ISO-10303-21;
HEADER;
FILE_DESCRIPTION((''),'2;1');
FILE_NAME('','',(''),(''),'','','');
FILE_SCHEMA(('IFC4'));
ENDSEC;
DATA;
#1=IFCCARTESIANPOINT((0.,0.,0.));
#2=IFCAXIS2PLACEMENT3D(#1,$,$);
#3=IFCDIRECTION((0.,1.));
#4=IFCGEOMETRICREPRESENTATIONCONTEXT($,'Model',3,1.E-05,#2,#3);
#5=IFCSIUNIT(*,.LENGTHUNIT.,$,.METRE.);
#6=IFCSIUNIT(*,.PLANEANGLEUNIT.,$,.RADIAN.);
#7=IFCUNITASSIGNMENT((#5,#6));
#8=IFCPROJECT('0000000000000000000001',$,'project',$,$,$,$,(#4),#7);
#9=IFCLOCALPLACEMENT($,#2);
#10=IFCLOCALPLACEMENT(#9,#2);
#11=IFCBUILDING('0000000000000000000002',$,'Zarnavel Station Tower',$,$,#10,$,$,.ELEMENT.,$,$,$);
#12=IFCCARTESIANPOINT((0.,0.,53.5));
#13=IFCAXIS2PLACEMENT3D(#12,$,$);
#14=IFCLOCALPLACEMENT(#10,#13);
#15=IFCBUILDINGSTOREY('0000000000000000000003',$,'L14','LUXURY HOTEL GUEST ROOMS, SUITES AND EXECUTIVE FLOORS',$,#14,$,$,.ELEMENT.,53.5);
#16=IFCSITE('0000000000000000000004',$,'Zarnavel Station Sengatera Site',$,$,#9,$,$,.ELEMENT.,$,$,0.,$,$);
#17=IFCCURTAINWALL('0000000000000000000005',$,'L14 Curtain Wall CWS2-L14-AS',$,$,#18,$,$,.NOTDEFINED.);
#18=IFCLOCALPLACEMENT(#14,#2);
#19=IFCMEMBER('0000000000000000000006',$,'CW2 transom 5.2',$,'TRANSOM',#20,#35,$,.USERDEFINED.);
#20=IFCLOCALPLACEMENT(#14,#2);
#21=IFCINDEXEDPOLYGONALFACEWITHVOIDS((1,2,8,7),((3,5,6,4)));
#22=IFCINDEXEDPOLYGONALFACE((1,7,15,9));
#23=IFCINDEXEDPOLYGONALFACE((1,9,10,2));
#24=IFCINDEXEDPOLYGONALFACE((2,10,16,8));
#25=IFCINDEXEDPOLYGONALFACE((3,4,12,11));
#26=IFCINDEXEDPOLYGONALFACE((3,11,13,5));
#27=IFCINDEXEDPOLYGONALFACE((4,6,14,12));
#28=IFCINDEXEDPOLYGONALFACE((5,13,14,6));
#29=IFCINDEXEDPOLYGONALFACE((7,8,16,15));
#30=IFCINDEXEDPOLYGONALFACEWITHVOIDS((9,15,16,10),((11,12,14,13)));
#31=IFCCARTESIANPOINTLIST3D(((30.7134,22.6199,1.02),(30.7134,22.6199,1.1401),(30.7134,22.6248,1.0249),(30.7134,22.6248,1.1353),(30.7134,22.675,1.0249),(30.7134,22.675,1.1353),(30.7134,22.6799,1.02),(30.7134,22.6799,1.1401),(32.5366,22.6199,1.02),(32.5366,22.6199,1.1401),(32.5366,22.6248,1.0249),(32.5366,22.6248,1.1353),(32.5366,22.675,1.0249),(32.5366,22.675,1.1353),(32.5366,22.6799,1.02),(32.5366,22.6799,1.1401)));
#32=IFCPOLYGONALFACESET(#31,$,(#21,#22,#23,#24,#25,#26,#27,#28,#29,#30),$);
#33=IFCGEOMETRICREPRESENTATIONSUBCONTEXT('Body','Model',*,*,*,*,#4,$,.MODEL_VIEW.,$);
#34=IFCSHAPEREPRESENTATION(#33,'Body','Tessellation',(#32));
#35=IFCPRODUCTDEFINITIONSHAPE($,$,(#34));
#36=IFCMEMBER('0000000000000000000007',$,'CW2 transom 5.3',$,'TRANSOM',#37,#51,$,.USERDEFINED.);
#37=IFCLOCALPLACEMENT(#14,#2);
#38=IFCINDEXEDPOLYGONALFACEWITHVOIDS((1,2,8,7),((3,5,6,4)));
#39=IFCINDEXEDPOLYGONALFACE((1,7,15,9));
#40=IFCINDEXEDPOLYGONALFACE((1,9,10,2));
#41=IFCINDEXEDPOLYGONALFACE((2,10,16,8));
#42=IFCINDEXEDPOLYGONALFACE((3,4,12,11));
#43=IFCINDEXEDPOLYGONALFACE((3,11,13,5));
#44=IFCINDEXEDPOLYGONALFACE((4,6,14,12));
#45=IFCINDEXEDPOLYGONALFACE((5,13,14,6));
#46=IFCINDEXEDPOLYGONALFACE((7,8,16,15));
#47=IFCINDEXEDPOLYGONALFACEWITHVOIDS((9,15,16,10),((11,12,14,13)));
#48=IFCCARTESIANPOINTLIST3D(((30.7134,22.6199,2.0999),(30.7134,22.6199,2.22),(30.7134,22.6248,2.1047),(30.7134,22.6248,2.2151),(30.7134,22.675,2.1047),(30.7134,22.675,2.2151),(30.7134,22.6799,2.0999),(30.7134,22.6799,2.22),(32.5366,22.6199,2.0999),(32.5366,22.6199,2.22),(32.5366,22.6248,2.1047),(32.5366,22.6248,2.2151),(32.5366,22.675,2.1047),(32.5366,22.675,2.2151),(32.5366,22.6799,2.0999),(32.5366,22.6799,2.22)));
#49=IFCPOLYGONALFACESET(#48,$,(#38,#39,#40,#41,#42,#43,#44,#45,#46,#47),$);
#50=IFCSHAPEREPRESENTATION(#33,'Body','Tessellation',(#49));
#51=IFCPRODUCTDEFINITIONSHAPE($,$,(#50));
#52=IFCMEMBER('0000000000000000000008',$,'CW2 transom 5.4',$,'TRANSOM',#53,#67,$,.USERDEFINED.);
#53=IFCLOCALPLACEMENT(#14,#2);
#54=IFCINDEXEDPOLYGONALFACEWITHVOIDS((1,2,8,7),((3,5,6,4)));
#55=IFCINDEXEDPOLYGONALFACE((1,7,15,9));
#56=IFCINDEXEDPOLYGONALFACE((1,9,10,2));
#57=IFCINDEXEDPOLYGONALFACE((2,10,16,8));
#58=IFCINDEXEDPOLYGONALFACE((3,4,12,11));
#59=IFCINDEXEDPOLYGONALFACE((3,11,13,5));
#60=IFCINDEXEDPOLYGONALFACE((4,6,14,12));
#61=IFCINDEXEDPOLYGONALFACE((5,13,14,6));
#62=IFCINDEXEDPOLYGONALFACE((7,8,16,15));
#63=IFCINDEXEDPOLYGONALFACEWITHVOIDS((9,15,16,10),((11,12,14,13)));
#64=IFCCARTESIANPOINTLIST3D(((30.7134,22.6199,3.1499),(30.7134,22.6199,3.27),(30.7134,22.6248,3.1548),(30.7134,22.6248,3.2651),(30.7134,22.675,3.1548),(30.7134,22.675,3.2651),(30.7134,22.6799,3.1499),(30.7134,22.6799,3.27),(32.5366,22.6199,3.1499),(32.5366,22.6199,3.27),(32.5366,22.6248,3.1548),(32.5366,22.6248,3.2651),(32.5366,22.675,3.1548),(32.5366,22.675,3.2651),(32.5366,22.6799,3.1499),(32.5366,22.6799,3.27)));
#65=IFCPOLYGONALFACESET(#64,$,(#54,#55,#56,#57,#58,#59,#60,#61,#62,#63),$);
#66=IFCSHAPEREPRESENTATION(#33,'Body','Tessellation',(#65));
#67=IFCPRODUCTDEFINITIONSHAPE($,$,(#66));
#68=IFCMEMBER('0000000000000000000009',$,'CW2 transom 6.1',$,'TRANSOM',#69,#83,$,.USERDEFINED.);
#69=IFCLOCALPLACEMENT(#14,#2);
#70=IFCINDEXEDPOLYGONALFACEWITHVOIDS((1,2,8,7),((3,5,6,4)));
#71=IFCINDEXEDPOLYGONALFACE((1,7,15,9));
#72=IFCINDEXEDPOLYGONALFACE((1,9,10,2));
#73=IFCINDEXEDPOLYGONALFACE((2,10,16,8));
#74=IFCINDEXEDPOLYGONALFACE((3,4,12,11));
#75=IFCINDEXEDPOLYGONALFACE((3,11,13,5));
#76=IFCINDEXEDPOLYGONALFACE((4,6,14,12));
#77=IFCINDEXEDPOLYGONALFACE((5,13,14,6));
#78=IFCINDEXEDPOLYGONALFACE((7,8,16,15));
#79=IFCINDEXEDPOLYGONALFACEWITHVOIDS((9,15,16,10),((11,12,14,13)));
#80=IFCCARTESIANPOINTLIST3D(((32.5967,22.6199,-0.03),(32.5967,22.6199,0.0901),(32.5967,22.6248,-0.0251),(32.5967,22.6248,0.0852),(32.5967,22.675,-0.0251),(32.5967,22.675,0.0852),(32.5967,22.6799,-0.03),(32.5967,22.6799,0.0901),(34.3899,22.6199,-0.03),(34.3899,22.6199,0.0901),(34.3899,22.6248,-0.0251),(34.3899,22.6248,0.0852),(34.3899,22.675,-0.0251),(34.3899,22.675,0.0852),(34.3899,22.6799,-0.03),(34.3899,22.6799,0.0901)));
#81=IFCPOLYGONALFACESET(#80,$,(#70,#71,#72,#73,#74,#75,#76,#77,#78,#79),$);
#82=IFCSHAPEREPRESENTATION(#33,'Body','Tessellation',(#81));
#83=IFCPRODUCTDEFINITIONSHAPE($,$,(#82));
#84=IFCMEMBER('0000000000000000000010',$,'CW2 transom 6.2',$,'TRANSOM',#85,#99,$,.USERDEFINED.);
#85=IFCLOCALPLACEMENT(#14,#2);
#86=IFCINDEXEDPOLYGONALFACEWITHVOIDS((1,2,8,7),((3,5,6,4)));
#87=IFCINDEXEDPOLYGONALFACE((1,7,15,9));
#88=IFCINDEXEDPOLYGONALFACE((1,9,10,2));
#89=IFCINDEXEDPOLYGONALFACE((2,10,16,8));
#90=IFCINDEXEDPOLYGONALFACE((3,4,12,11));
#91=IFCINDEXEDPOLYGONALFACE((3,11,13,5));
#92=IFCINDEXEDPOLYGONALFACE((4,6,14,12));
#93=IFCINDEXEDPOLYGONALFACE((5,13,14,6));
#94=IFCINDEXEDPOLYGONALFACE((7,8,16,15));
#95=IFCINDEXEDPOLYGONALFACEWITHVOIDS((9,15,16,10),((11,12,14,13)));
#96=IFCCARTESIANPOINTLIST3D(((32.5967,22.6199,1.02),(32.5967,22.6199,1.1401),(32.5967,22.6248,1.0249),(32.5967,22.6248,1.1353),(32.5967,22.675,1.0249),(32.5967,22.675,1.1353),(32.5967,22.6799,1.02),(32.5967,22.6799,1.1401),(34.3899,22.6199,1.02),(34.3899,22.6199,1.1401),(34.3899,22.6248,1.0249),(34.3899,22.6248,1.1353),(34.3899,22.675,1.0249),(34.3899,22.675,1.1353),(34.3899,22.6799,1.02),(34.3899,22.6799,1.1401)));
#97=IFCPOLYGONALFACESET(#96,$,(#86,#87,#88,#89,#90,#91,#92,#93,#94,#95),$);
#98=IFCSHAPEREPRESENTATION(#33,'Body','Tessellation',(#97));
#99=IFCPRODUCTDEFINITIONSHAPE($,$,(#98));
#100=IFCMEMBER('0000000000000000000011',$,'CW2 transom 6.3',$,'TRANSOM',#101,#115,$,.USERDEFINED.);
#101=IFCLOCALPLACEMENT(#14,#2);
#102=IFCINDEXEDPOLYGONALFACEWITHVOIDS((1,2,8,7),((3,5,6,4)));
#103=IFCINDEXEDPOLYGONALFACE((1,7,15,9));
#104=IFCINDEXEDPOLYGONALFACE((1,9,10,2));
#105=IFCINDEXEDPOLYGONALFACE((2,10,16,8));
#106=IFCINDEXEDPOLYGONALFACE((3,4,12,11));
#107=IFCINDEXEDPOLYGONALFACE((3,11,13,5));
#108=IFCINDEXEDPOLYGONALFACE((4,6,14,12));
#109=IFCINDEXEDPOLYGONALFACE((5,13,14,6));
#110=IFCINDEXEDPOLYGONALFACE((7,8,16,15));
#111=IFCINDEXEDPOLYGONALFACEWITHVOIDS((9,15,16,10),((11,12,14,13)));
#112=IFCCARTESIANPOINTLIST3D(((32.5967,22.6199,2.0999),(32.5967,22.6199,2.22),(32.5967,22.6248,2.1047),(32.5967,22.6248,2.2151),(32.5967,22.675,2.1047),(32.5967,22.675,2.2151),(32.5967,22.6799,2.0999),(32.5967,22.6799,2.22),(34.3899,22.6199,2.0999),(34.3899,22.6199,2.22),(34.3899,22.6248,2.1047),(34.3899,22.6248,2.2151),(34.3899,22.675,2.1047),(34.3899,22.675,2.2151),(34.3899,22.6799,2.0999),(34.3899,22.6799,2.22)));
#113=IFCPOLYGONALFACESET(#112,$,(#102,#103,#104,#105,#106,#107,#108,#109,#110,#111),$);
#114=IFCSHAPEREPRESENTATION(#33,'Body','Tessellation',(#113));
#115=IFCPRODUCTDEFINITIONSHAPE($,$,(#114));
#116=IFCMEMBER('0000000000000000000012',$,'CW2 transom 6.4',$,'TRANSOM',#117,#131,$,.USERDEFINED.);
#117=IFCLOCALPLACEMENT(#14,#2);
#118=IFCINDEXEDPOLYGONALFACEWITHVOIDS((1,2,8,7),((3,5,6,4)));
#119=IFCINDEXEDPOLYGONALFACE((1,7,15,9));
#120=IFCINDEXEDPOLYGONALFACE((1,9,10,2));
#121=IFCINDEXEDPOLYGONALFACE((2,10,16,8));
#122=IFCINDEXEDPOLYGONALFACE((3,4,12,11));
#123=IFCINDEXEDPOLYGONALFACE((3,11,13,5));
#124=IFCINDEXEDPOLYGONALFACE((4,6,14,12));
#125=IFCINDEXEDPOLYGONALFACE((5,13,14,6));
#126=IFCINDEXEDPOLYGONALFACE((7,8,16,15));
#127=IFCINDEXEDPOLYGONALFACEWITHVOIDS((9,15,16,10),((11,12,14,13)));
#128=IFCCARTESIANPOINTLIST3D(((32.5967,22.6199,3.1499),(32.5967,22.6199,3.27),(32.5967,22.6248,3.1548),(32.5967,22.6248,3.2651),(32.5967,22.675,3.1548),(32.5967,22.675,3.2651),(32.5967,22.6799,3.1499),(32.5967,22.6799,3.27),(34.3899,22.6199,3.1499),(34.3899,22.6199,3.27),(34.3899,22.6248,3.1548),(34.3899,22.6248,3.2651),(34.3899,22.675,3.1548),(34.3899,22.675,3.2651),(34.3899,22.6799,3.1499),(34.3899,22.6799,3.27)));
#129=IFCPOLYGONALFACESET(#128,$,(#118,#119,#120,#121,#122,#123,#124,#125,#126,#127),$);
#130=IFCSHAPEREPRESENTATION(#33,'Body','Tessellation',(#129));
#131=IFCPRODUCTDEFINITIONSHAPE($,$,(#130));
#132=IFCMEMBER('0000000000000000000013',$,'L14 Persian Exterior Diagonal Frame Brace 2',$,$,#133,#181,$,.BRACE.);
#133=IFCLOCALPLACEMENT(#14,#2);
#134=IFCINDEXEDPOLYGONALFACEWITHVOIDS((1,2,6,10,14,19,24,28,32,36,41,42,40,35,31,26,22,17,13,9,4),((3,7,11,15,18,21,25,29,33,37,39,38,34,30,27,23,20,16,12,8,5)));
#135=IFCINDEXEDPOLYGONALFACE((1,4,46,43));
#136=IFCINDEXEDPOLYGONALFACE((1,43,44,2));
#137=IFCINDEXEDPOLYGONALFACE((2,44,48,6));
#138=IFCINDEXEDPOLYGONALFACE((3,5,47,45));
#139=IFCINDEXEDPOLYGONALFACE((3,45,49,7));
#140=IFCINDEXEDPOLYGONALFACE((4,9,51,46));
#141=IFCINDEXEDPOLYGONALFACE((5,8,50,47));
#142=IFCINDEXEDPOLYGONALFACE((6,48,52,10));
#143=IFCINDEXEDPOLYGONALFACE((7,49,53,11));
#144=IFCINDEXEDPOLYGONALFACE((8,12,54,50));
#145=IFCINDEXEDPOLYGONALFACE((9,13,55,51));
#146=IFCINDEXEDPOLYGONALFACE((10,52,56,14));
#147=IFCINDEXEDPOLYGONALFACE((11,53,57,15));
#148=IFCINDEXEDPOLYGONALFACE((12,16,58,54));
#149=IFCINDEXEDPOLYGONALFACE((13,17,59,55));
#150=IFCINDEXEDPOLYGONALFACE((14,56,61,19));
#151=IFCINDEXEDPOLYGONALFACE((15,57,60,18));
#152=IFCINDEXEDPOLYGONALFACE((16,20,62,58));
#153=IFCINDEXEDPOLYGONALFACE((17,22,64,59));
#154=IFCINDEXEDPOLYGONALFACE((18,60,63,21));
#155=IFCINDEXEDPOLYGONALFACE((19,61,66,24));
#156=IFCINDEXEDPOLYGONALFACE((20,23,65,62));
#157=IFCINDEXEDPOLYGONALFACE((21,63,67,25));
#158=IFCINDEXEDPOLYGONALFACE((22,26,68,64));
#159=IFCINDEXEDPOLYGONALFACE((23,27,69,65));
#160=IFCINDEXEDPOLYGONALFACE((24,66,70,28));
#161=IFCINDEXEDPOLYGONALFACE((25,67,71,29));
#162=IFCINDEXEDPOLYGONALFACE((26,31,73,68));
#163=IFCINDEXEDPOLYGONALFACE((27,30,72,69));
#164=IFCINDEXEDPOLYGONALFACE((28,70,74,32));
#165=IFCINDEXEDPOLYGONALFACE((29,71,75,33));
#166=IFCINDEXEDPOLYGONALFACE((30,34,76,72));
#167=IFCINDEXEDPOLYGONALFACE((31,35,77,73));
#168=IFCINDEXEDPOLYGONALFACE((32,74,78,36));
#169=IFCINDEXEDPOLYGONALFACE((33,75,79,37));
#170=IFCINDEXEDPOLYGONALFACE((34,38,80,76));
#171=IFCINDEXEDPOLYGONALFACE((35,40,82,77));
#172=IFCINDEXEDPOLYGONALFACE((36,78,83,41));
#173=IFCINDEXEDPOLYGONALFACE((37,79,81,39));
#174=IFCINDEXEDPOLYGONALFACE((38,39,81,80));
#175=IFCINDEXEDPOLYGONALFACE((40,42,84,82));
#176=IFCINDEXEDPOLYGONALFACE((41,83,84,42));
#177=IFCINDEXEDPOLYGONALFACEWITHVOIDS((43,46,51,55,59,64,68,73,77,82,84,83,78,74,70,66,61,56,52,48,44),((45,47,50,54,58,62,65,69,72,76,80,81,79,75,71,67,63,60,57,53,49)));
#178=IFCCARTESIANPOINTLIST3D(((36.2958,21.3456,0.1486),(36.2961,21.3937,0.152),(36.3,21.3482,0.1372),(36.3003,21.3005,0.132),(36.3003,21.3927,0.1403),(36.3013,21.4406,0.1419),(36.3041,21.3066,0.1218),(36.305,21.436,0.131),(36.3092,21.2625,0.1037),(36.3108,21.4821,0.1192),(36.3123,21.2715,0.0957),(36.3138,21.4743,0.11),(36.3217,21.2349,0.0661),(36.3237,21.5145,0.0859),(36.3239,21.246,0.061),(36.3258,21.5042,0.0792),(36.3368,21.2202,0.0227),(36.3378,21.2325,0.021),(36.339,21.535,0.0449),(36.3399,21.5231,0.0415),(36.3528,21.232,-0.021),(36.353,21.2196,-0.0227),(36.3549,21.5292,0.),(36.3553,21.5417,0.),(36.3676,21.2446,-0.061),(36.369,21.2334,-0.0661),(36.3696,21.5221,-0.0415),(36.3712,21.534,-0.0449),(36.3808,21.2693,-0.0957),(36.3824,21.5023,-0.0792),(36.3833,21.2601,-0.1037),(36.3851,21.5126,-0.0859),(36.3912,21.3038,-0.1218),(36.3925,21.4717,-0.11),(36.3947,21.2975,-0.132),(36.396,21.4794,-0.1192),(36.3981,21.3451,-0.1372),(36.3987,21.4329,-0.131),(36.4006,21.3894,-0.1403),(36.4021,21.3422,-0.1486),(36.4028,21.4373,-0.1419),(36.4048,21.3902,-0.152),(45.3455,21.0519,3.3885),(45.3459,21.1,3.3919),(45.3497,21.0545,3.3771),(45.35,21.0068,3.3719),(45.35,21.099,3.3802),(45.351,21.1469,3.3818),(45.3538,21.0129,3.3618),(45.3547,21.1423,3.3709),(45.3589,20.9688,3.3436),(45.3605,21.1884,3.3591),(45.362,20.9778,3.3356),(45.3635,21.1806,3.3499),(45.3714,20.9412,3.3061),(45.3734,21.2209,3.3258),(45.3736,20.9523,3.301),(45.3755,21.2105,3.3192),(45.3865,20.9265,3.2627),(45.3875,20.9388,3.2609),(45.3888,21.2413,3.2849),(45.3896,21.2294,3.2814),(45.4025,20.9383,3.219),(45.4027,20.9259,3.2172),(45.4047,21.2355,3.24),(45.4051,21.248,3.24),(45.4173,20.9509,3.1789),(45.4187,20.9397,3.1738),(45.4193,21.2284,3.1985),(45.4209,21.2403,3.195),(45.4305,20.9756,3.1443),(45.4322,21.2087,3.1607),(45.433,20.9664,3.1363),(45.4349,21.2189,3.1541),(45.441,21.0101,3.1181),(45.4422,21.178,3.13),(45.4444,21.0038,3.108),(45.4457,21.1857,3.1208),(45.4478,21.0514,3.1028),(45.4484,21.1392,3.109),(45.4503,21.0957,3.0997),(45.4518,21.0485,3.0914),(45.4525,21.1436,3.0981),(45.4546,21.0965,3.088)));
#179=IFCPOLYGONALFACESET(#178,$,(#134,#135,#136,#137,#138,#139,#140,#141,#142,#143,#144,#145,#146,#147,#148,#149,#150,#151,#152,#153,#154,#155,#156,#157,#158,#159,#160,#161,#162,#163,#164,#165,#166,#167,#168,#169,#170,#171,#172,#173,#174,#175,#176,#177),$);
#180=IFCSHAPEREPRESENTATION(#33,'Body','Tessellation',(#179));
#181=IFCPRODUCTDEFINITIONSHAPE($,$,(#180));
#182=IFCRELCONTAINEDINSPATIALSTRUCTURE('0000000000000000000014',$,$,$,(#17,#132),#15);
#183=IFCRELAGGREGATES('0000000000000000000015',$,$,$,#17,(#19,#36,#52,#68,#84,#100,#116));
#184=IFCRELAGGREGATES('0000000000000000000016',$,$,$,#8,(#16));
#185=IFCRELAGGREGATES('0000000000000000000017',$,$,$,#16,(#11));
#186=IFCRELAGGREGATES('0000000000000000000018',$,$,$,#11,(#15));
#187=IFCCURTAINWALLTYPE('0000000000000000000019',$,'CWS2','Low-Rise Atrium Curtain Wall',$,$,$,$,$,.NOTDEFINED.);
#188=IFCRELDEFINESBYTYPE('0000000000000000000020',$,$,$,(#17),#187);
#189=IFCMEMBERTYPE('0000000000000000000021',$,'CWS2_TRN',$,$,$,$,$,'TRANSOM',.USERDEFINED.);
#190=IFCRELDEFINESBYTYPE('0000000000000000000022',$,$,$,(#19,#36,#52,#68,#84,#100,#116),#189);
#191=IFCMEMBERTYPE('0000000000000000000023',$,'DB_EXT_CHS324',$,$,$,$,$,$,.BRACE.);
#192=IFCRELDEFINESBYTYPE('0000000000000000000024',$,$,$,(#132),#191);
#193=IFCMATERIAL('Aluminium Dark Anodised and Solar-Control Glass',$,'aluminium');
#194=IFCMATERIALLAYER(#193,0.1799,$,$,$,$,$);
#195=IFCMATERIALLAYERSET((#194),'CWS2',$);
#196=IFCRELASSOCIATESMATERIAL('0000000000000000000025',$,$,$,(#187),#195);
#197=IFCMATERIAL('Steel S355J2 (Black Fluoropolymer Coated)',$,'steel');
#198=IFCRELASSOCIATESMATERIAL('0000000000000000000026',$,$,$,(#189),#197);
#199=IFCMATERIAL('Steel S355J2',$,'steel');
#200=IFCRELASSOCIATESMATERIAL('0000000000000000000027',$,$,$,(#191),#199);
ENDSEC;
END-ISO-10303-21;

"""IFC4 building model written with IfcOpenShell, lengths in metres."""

from ifc_helpers import new_model, si_unit, direction, frame, origin, origin_2d, place, context, subcontext, project, spatial, hollow_rectangle, hollow_circle, extrude, material, layer, layer_set, material_profile, profile_set, type_object, element, aggregate, save


model = new_model("IFC4")

# Units and contexts
model_context = context("Model", 3, precision=1e-05, world=origin(), true_north=direction((0.0, 1.0)))
body_context = subcontext(model_context, "Body", "Model", "MODEL_VIEW")
ifc_project = project(units=[si_unit("LENGTHUNIT", "METRE"), si_unit("PLANEANGLEUNIT", "RADIAN")], contexts=[model_context])

# Site, building, storey
site_placement = place(None, origin())
site = spatial("IfcSite", under=ifc_project, at=site_placement, Name="Zarnavel Station Sengatera Site", CompositionType="ELEMENT", RefElevation=0.0)
building_placement = place(site_placement, origin())
building = spatial("IfcBuilding", under=site, at=building_placement, Name="Zarnavel Station Tower", CompositionType="ELEMENT")
storey_placement = place(building_placement, frame((0.0, 0.0, 53.5)))
storey = spatial("IfcBuildingStorey", under=building, at=storey_placement, Name="L14", Description="LUXURY HOTEL GUEST ROOMS, SUITES AND EXECUTIVE FLOORS", CompositionType="ELEMENT", Elevation=53.5)

# Curtain wall, members
ifc_material_1 = material(Name="Aluminium Dark Anodised and Solar-Control Glass", Category="aluminium")
ifc_layer_1 = layer(ifc_material_1, 0.1799)
ifc_layer_set_1 = layer_set([ifc_layer_1], Name="CWS2")
curtain_wall_type = type_object("IfcCurtainWallType", Name="CWS2", Description="Low-Rise Atrium Curtain Wall", PredefinedType="NOTDEFINED", material=ifc_layer_set_1)
curtain_wall_placement = place(storey_placement, origin())
curtain_wall = element("IfcCurtainWall", 1, at=curtain_wall_placement, inside=storey, type_object=curtain_wall_type, Name="L14 Curtain Wall CWS2-L14-AS", PredefinedType="NOTDEFINED")
ifc_material_2 = material(Name="Steel S355J2 (Black Fluoropolymer Coated)", Category="steel")
ifc_material_profile_1 = material_profile(ifc_material_2, hollow_rectangle(XDim=0.0601, YDim=0.1201, WallThickness=0.0049, at=origin_2d()), Name="RHS120x60x5")
ifc_profile_set_1 = profile_set([ifc_material_profile_1], Name="Steel S355J2 (Black Fluoropolymer Coated)")
member_type_1 = type_object("IfcMemberType", Name="CWS2_TRN", ElementType="TRANSOM", PredefinedType="USERDEFINED", material=ifc_profile_set_1)
member_1_placement = place(storey_placement, frame((30.7134, 22.6499, 1.0801), z_axis=(1.0, 0.0, 0.0), x_axis=(0.0, 1.0, 0.0)))
member_1 = element("IfcMember", 2, at=member_1_placement, type_object=member_type_1, Name="CW2 transom 5.2", ObjectType="TRANSOM", PredefinedType="USERDEFINED", context=body_context, shape_type="SweptSolid", body=[
    extrude(hollow_rectangle(XDim=0.0601, YDim=0.1201, WallThickness=0.0049, at=origin_2d()), origin(), (0.0, 0.0, 1.0), 1.8232),
])
member_2_placement = place(storey_placement, frame((30.7134, 22.6499, 2.1599), z_axis=(1.0, 0.0, 0.0), x_axis=(0.0, 1.0, 0.0)))
member_2 = element("IfcMember", 3, at=member_2_placement, type_object=member_type_1, Name="CW2 transom 5.3", ObjectType="TRANSOM", PredefinedType="USERDEFINED", context=body_context, shape_type="SweptSolid", body=[
    extrude(hollow_rectangle(XDim=0.0601, YDim=0.1201, WallThickness=0.0049, at=origin_2d()), origin(), (0.0, 0.0, 1.0), 1.8232),
])
member_3_placement = place(storey_placement, frame((30.7134, 22.6499, 3.21), z_axis=(1.0, 0.0, 0.0), x_axis=(0.0, 1.0, 0.0)))
member_3 = element("IfcMember", 4, at=member_3_placement, type_object=member_type_1, Name="CW2 transom 5.4", ObjectType="TRANSOM", PredefinedType="USERDEFINED", context=body_context, shape_type="SweptSolid", body=[
    extrude(hollow_rectangle(XDim=0.0601, YDim=0.1201, WallThickness=0.0049, at=origin_2d()), origin(), (0.0, 0.0, 1.0), 1.8232),
])
member_4_placement = place(storey_placement, frame((32.5967, 22.6499, 0.03), z_axis=(1.0, 0.0, 0.0), x_axis=(0.0, 1.0, 0.0)))
member_4 = element("IfcMember", 5, at=member_4_placement, type_object=member_type_1, Name="CW2 transom 6.1", ObjectType="TRANSOM", PredefinedType="USERDEFINED", context=body_context, shape_type="SweptSolid", body=[
    extrude(hollow_rectangle(XDim=0.0601, YDim=0.1201, WallThickness=0.0049, at=origin_2d()), origin(), (0.0, 0.0, 1.0), 1.7932),
])
member_5_placement = place(storey_placement, frame((32.5967, 22.6499, 1.0801), z_axis=(1.0, 0.0, 0.0), x_axis=(0.0, 1.0, 0.0)))
member_5 = element("IfcMember", 6, at=member_5_placement, type_object=member_type_1, Name="CW2 transom 6.2", ObjectType="TRANSOM", PredefinedType="USERDEFINED", context=body_context, shape_type="SweptSolid", body=[
    extrude(hollow_rectangle(XDim=0.0601, YDim=0.1201, WallThickness=0.0049, at=origin_2d()), origin(), (0.0, 0.0, 1.0), 1.7932),
])
member_6_placement = place(storey_placement, frame((32.5967, 22.6499, 2.1599), z_axis=(1.0, 0.0, 0.0), x_axis=(0.0, 1.0, 0.0)))
member_6 = element("IfcMember", 7, at=member_6_placement, type_object=member_type_1, Name="CW2 transom 6.3", ObjectType="TRANSOM", PredefinedType="USERDEFINED", context=body_context, shape_type="SweptSolid", body=[
    extrude(hollow_rectangle(XDim=0.0601, YDim=0.1201, WallThickness=0.0049, at=origin_2d()), origin(), (0.0, 0.0, 1.0), 1.7932),
])
member_7_placement = place(storey_placement, frame((32.5967, 22.6499, 3.21), z_axis=(1.0, 0.0, 0.0), x_axis=(0.0, 1.0, 0.0)))
member_7 = element("IfcMember", 8, at=member_7_placement, type_object=member_type_1, Name="CW2 transom 6.4", ObjectType="TRANSOM", PredefinedType="USERDEFINED", context=body_context, shape_type="SweptSolid", body=[
    extrude(hollow_rectangle(XDim=0.0601, YDim=0.1201, WallThickness=0.0049, at=origin_2d()), origin(), (0.0, 0.0, 1.0), 1.7932),
])

# Member
ifc_material_3 = material(Name="Steel S355J2", Category="steel")
ifc_material_profile_2 = material_profile(ifc_material_3, hollow_circle(Radius=0.1619, WallThickness=0.0125, at=origin_2d()), Name="CHS323.9x12.5")
ifc_profile_set_2 = profile_set([ifc_material_profile_2], Name="Steel S355J2")
member_type_2 = type_object("IfcMemberType", Name="DB_EXT_CHS324", PredefinedType="BRACE", material=ifc_profile_set_2)
member_8_placement = place(storey_placement, frame((36.3501, 21.3799, 0.0), z_axis=(0.941042, -0.03054, 0.33691), x_axis=(0.032437, 0.999474, 0.0)))
element("IfcMember", 9, at=member_8_placement, inside=storey, type_object=member_type_2, Name="L14 Persian Exterior Diagonal Frame Brace 2", PredefinedType="BRACE", context=body_context, shape_type="SweptSolid", body=[
    extrude(hollow_circle(Radius=0.1619, WallThickness=0.0125, at=origin_2d()), origin(), (0.0, 0.0, 1.0), 9.6167),
])

aggregate(curtain_wall, [member_1, member_2, member_3, member_4, member_5, member_6, member_7])

save(model, "model.ifc")
